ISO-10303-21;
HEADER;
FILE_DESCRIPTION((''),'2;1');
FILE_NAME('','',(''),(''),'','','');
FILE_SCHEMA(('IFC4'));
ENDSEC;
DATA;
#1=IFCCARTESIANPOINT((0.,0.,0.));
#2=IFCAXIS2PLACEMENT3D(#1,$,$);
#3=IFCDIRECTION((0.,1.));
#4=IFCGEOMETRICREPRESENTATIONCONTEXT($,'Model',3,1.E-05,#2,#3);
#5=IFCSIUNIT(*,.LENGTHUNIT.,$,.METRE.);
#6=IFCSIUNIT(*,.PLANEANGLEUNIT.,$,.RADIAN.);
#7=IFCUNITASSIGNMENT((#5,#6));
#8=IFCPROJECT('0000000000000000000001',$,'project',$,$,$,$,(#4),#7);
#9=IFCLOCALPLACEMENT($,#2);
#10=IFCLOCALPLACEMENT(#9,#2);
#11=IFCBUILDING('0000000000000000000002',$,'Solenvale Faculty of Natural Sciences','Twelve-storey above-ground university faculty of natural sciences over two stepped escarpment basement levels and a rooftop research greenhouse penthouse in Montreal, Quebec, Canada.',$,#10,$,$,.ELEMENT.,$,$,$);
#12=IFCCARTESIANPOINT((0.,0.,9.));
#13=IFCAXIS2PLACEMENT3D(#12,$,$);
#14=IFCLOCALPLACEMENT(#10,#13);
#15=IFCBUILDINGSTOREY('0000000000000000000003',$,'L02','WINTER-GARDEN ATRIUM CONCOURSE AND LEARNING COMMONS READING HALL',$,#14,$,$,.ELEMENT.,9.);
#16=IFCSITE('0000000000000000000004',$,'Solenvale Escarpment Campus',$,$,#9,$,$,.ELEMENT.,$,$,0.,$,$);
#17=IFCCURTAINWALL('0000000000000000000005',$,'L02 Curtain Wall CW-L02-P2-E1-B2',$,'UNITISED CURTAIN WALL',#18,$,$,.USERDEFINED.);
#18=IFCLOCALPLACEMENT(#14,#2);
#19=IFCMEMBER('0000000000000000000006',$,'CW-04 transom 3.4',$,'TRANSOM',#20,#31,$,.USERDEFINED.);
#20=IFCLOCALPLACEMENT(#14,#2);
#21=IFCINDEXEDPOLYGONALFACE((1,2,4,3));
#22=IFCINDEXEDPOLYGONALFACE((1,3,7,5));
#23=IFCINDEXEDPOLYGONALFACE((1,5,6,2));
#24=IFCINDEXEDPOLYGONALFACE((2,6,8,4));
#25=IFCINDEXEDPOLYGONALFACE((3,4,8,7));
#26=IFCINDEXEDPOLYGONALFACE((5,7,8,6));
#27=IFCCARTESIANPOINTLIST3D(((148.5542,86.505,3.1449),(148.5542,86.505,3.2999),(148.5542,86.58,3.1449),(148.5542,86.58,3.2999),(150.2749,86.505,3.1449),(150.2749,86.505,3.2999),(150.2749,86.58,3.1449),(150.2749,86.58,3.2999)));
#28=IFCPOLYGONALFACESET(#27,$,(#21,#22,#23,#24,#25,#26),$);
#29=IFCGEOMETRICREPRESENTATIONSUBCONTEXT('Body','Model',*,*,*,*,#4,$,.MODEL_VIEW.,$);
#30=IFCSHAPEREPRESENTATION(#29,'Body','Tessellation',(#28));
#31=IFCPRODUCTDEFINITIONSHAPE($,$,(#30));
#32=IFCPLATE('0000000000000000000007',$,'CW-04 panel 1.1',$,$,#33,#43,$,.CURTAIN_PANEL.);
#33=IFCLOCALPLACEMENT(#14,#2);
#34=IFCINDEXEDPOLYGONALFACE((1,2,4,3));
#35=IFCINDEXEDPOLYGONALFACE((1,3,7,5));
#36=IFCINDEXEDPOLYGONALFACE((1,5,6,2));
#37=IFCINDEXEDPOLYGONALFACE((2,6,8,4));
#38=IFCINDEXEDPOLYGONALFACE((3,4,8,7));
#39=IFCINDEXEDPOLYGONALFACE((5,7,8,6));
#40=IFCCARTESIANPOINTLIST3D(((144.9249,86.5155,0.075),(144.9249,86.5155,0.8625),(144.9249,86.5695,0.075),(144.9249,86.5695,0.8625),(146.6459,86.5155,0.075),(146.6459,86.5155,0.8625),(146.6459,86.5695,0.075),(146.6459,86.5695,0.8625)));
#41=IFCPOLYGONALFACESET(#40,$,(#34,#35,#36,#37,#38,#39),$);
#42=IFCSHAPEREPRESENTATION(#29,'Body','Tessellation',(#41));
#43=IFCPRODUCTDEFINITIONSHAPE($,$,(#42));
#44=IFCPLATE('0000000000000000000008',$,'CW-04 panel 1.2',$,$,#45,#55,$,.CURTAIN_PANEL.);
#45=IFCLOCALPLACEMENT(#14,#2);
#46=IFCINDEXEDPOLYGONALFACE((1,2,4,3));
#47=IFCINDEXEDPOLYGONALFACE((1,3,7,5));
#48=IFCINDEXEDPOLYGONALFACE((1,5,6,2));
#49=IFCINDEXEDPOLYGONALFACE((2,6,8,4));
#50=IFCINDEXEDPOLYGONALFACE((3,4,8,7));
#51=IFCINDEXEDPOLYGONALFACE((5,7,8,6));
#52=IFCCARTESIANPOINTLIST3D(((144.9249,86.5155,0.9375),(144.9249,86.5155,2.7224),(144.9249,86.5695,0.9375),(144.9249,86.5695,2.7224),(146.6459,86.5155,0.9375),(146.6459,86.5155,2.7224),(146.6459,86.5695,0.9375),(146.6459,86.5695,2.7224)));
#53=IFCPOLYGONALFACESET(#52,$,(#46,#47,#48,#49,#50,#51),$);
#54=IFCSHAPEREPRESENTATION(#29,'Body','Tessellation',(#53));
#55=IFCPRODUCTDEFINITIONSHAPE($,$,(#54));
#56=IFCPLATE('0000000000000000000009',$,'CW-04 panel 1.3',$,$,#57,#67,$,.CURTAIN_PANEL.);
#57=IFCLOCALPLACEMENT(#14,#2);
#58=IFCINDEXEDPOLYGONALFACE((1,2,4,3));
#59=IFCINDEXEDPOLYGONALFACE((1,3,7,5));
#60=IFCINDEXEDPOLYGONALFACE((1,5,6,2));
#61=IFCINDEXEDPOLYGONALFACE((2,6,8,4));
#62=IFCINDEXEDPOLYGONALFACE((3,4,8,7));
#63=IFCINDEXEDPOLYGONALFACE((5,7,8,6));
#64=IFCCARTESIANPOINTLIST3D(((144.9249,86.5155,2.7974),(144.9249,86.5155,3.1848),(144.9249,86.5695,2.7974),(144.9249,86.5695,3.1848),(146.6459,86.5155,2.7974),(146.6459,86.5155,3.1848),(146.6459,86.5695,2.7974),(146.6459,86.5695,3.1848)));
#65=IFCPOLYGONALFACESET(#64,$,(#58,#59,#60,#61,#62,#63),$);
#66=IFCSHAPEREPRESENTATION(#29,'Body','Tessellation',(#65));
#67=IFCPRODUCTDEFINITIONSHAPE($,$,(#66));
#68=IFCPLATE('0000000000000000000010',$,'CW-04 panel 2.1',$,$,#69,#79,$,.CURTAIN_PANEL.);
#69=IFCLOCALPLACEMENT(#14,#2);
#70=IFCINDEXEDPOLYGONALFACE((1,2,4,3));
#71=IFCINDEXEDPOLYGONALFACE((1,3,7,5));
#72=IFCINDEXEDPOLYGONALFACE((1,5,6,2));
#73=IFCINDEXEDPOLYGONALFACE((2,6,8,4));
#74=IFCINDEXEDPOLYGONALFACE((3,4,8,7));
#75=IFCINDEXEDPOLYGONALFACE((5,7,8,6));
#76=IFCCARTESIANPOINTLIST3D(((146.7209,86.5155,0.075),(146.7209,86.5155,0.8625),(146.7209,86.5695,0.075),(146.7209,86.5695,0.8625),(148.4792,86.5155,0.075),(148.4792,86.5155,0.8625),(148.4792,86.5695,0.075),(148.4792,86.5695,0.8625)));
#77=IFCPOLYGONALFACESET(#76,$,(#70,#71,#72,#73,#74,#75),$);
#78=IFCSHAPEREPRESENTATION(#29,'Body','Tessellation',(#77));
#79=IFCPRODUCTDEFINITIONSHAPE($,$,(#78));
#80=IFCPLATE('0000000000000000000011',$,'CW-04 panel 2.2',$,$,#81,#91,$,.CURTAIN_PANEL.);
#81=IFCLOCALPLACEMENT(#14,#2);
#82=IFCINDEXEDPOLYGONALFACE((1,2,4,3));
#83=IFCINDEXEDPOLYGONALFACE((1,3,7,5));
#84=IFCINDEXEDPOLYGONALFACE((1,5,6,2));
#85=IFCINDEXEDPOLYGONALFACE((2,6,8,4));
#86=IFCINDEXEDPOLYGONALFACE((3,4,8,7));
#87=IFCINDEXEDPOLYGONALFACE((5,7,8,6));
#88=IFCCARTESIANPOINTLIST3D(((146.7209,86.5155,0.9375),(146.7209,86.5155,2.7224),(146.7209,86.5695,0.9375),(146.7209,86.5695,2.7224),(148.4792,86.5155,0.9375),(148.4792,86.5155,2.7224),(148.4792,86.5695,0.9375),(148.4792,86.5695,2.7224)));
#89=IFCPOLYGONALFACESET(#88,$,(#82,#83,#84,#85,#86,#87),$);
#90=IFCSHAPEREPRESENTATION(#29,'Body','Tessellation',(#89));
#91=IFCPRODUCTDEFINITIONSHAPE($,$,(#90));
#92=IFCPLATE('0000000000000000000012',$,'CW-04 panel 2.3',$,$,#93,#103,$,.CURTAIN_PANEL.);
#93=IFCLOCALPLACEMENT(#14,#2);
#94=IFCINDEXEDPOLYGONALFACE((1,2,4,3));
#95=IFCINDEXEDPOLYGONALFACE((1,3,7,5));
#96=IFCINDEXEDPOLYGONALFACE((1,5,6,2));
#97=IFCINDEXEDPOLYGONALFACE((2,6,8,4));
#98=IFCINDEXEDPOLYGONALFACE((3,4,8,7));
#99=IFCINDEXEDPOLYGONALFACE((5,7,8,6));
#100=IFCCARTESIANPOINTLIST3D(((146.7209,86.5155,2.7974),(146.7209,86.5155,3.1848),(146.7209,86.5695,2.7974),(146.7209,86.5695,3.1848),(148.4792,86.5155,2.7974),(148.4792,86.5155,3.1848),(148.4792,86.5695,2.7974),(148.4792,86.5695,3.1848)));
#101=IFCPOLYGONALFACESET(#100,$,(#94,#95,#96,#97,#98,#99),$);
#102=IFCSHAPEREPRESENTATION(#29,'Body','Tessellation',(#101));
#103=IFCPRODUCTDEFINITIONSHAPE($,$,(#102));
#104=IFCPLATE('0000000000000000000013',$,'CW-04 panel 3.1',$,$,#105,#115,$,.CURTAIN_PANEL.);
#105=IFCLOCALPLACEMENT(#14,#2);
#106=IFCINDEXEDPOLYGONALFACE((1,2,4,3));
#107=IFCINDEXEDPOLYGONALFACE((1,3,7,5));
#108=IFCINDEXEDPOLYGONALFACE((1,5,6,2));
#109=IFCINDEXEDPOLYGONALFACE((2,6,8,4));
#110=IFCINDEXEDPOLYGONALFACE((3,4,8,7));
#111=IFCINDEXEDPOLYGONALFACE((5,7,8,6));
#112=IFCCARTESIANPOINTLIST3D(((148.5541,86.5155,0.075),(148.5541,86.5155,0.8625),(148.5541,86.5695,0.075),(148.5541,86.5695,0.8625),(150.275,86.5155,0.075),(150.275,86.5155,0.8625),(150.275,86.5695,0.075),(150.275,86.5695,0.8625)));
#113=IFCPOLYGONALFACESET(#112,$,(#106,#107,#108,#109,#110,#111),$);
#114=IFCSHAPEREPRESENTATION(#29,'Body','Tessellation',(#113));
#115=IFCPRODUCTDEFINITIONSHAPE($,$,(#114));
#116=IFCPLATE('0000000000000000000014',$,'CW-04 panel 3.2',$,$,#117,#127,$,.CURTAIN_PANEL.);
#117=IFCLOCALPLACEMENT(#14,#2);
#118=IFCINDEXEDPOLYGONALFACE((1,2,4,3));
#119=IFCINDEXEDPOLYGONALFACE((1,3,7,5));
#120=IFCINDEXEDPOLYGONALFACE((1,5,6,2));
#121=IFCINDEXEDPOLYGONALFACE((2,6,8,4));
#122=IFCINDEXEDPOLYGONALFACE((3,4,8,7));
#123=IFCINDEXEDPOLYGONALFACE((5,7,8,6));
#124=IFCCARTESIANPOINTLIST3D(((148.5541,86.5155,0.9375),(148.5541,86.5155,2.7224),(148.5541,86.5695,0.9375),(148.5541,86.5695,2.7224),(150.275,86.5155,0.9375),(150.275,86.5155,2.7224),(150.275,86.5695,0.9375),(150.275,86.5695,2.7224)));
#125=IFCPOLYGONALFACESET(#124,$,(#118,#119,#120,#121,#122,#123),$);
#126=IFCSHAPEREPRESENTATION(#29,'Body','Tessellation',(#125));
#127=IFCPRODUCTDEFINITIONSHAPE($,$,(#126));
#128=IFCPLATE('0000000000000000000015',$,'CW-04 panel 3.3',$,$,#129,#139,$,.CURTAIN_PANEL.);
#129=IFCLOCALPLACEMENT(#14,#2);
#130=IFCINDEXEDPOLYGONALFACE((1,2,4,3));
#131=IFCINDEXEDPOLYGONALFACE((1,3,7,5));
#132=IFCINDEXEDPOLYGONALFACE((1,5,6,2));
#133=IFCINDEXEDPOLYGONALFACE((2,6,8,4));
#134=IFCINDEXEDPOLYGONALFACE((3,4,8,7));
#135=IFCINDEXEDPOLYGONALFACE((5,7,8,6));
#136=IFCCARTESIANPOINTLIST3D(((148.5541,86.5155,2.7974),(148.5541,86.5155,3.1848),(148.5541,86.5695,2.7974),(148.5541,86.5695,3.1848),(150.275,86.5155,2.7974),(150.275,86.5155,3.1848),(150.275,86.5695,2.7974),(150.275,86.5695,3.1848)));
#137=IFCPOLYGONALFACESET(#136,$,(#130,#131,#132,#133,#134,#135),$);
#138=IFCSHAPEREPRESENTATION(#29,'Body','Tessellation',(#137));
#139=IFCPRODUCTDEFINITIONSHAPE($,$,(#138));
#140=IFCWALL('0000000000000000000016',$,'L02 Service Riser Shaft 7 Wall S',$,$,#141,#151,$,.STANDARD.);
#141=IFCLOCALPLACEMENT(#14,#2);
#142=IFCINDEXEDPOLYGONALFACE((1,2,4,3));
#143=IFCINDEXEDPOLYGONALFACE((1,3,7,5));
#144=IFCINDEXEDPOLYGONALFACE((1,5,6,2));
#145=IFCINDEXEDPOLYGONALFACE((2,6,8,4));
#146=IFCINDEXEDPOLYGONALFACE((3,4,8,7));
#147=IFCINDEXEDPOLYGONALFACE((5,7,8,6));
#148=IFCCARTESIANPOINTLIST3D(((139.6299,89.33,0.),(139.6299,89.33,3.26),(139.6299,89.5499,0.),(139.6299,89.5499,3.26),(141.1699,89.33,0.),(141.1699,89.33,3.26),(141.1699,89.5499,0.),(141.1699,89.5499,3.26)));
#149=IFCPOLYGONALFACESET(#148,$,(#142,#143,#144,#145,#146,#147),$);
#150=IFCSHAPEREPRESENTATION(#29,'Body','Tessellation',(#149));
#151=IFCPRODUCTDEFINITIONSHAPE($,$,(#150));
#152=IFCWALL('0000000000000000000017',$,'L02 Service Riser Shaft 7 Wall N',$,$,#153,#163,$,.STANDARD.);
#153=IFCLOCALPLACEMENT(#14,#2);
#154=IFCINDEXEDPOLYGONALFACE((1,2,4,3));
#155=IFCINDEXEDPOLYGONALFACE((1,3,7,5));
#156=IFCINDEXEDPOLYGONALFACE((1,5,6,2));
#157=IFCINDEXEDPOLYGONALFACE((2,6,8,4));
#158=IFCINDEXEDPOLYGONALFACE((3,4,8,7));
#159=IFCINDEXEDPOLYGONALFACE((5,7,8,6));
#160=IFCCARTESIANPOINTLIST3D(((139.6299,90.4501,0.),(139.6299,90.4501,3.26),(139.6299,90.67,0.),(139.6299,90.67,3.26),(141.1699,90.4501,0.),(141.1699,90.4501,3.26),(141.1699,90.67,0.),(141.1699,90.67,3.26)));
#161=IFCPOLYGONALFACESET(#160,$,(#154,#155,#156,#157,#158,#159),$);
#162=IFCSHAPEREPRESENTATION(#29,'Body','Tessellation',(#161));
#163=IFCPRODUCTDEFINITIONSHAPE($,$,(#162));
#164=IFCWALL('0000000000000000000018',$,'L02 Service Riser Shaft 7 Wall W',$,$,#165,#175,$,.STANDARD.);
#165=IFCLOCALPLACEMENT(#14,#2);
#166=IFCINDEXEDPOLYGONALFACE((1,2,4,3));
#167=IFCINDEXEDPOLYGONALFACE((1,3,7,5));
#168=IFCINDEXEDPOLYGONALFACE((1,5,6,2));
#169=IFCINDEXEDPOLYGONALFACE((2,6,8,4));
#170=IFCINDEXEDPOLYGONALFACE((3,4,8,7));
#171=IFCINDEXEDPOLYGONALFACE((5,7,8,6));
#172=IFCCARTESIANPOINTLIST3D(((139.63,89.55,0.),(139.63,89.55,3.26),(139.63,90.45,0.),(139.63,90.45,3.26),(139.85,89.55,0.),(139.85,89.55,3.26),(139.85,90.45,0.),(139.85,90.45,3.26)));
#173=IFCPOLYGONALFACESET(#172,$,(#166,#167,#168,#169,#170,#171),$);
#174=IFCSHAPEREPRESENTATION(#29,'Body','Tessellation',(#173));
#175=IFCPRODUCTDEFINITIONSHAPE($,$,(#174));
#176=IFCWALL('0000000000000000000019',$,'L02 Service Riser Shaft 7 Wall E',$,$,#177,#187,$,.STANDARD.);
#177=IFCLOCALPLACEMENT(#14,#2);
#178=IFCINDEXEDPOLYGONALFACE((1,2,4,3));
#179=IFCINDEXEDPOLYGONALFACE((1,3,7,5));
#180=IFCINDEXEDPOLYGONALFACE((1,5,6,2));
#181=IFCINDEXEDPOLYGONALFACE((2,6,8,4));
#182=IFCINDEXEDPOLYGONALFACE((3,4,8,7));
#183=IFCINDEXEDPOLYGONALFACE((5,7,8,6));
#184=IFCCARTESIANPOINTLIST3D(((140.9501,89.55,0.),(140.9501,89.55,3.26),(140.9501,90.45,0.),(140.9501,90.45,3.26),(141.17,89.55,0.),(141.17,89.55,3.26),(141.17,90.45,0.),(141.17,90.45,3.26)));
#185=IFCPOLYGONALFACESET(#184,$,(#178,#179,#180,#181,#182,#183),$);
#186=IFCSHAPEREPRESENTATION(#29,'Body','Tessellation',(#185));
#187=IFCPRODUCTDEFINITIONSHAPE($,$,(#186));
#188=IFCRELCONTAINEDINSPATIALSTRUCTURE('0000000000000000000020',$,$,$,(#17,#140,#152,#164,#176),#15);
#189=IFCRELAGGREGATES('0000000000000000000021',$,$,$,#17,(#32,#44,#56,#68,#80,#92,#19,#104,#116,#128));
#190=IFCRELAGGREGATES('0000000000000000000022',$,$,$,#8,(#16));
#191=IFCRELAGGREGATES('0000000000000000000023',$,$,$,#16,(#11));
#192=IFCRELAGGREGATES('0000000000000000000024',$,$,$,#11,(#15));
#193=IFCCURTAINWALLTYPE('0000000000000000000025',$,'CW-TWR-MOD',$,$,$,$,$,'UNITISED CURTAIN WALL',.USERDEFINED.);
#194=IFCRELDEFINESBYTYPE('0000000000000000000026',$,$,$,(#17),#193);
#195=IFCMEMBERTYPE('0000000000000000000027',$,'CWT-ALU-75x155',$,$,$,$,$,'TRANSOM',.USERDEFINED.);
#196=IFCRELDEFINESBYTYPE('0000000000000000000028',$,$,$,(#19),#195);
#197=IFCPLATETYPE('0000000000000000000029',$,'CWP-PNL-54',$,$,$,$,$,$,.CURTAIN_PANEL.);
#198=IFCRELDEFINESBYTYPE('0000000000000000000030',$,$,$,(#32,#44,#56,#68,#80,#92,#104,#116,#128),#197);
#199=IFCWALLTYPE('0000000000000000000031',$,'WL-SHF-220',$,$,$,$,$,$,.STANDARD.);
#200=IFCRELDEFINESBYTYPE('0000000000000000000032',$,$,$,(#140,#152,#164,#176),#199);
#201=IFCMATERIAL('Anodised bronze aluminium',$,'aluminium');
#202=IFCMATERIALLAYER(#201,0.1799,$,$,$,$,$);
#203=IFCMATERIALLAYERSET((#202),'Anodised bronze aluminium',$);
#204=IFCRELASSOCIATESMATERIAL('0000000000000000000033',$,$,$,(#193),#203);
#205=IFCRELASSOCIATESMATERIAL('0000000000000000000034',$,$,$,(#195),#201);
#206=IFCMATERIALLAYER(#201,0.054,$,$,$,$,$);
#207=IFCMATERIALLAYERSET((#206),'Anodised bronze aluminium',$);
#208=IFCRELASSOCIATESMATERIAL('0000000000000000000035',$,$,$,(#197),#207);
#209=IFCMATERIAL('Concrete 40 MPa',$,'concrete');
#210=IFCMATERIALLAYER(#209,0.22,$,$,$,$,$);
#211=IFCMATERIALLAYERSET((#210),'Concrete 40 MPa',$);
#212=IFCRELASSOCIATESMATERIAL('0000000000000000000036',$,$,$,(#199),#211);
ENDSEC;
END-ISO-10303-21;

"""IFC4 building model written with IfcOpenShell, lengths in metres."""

from ifc_helpers import new_model, si_unit, direction, frame, frame_2d, origin, origin_2d, place, context, subcontext, project, spatial, rectangle, extrude, material, layer, layer_set, material_profile, profile_set, type_object, element, aggregate, save


model = new_model("IFC4")

# Units and contexts
model_context = context("Model", 3, precision=1e-05, world=origin(), true_north=direction((0.0, 1.0)))
body_context = subcontext(model_context, "Body", "Model", "MODEL_VIEW")
ifc_project = project(units=[si_unit("LENGTHUNIT", "METRE"), si_unit("PLANEANGLEUNIT", "RADIAN")], contexts=[model_context])

# Site, building, storey
site_placement = place(None, origin())
site = spatial("IfcSite", under=ifc_project, at=site_placement, Name="Solenvale Escarpment Campus", CompositionType="ELEMENT", RefElevation=0.0)
building_placement = place(site_placement, origin())
building = spatial("IfcBuilding", under=site, at=building_placement, Name="Solenvale Faculty of Natural Sciences", Description="Twelve-storey above-ground university faculty of natural sciences over two stepped escarpment basement levels and a rooftop research greenhouse penthouse in Montreal, Quebec, Canada.", CompositionType="ELEMENT")
storey_placement = place(building_placement, frame((0.0, 0.0, 9.0)))
storey = spatial("IfcBuildingStorey", under=building, at=storey_placement, Name="L02", Description="WINTER-GARDEN ATRIUM CONCOURSE AND LEARNING COMMONS READING HALL", CompositionType="ELEMENT", Elevation=9.0)

# Shared definitions
ifc_material_1 = material(Name="Concrete 40 MPa", Category="concrete")

# Curtain wall, member, plates
ifc_material_2 = material(Name="Anodised bronze aluminium", Category="aluminium")
ifc_layer_1 = layer(ifc_material_2, 0.1799)
ifc_layer_set_1 = layer_set([ifc_layer_1], Name="Anodised bronze aluminium")
curtain_wall_type = type_object("IfcCurtainWallType", Name="CW-TWR-MOD", ElementType="UNITISED CURTAIN WALL", PredefinedType="USERDEFINED", material=ifc_layer_set_1)
curtain_wall_placement = place(storey_placement, origin())
curtain_wall = element("IfcCurtainWall", 1, at=curtain_wall_placement, inside=storey, type_object=curtain_wall_type, Name="L02 Curtain Wall CW-L02-P2-E1-B2", ObjectType="UNITISED CURTAIN WALL", PredefinedType="USERDEFINED")
ifc_material_profile_1 = material_profile(ifc_material_2, rectangle(XDim=0.075, YDim=0.155, at=origin_2d()), Name="ALU-TRN-75x155")
ifc_profile_set_1 = profile_set([ifc_material_profile_1], Name="Anodised bronze aluminium")
member_type_1 = type_object("IfcMemberType", Name="CWT-ALU-75x155", ElementType="TRANSOM", PredefinedType="USERDEFINED", material=ifc_profile_set_1)
member_1_placement = place(storey_placement, frame((148.5542, 86.5425, 3.2224), z_axis=(1.0, 0.0, 0.0), x_axis=(0.0, 1.0, 0.0)))
member_1 = element("IfcMember", 2, at=member_1_placement, type_object=member_type_1, Name="CW-04 transom 3.4", ObjectType="TRANSOM", PredefinedType="USERDEFINED", context=body_context, shape_type="SweptSolid", body=[
    extrude(rectangle(XDim=0.075, YDim=0.155, at=origin_2d()), origin(), (0.0, 0.0, 1.0), 1.7207),
])
ifc_layer_2 = layer(ifc_material_2, 0.054)
ifc_layer_set_2 = layer_set([ifc_layer_2], Name="Anodised bronze aluminium")
plate_type = type_object("IfcPlateType", Name="CWP-PNL-54", PredefinedType="CURTAIN_PANEL", material=ifc_layer_set_2)
plate_1_placement = place(storey_placement, frame((145.7854, 86.5425, 0.075), z_axis=(0.0, 0.0, 1.0), x_axis=(1.0, 0.0, 0.0)))
plate_1 = element("IfcPlate", 3, at=plate_1_placement, type_object=plate_type, Name="CW-04 panel 1.1", PredefinedType="CURTAIN_PANEL", context=body_context, shape_type="SweptSolid", body=[
    extrude(rectangle(XDim=1.7209, YDim=0.054, at=origin_2d()), origin(), (0.0, 0.0, 1.0), 0.7876),
])
plate_2_placement = place(storey_placement, frame((145.7854, 86.5425, 0.9375), z_axis=(0.0, 0.0, 1.0), x_axis=(1.0, 0.0, 0.0)))
plate_2 = element("IfcPlate", 4, at=plate_2_placement, type_object=plate_type, Name="CW-04 panel 1.2", PredefinedType="CURTAIN_PANEL", context=body_context, shape_type="SweptSolid", body=[
    extrude(rectangle(XDim=1.7209, YDim=0.054, at=origin_2d()), origin(), (0.0, 0.0, 1.0), 1.7849),
])
plate_3_placement = place(storey_placement, frame((145.7854, 86.5425, 2.7974), z_axis=(0.0, 0.0, 1.0), x_axis=(1.0, 0.0, 0.0)))
plate_3 = element("IfcPlate", 5, at=plate_3_placement, type_object=plate_type, Name="CW-04 panel 1.3", PredefinedType="CURTAIN_PANEL", context=body_context, shape_type="SweptSolid", body=[
    extrude(rectangle(XDim=1.7209, YDim=0.054, at=origin_2d()), origin(), (0.0, 0.0, 1.0), 0.3875),
])
plate_4_placement = place(storey_placement, frame((147.6001, 86.5425, 0.075), z_axis=(0.0, 0.0, 1.0), x_axis=(1.0, 0.0, 0.0)))
plate_4 = element("IfcPlate", 6, at=plate_4_placement, type_object=plate_type, Name="CW-04 panel 2.1", PredefinedType="CURTAIN_PANEL", context=body_context, shape_type="SweptSolid", body=[
    extrude(rectangle(XDim=1.7583, YDim=0.054, at=origin_2d()), origin(), (0.0, 0.0, 1.0), 0.7876),
])
plate_5_placement = place(storey_placement, frame((147.6001, 86.5425, 0.9375), z_axis=(0.0, 0.0, 1.0), x_axis=(1.0, 0.0, 0.0)))
plate_5 = element("IfcPlate", 7, at=plate_5_placement, type_object=plate_type, Name="CW-04 panel 2.2", PredefinedType="CURTAIN_PANEL", context=body_context, shape_type="SweptSolid", body=[
    extrude(rectangle(XDim=1.7583, YDim=0.054, at=origin_2d()), origin(), (0.0, 0.0, 1.0), 1.7849),
])
plate_6_placement = place(storey_placement, frame((147.6001, 86.5425, 2.7974), z_axis=(0.0, 0.0, 1.0), x_axis=(1.0, 0.0, 0.0)))
plate_6 = element("IfcPlate", 8, at=plate_6_placement, type_object=plate_type, Name="CW-04 panel 2.3", PredefinedType="CURTAIN_PANEL", context=body_context, shape_type="SweptSolid", body=[
    extrude(rectangle(XDim=1.7583, YDim=0.054, at=origin_2d()), origin(), (0.0, 0.0, 1.0), 0.3875),
])
plate_7_placement = place(storey_placement, frame((149.4146, 86.5425, 0.075), z_axis=(0.0, 0.0, 1.0), x_axis=(1.0, 0.0, 0.0)))
plate_7 = element("IfcPlate", 9, at=plate_7_placement, type_object=plate_type, Name="CW-04 panel 3.1", PredefinedType="CURTAIN_PANEL", context=body_context, shape_type="SweptSolid", body=[
    extrude(rectangle(XDim=1.7209, YDim=0.054, at=origin_2d()), origin(), (0.0, 0.0, 1.0), 0.7876),
])
plate_8_placement = place(storey_placement, frame((149.4146, 86.5425, 0.9375), z_axis=(0.0, 0.0, 1.0), x_axis=(1.0, 0.0, 0.0)))
plate_8 = element("IfcPlate", 10, at=plate_8_placement, type_object=plate_type, Name="CW-04 panel 3.2", PredefinedType="CURTAIN_PANEL", context=body_context, shape_type="SweptSolid", body=[
    extrude(rectangle(XDim=1.7209, YDim=0.054, at=origin_2d()), origin(), (0.0, 0.0, 1.0), 1.7849),
])
plate_9_placement = place(storey_placement, frame((149.4146, 86.5425, 2.7974), z_axis=(0.0, 0.0, 1.0), x_axis=(1.0, 0.0, 0.0)))
plate_9 = element("IfcPlate", 11, at=plate_9_placement, type_object=plate_type, Name="CW-04 panel 3.3", PredefinedType="CURTAIN_PANEL", context=body_context, shape_type="SweptSolid", body=[
    extrude(rectangle(XDim=1.7209, YDim=0.054, at=origin_2d()), origin(), (0.0, 0.0, 1.0), 0.3875),
])
aggregate(curtain_wall, [plate_1, plate_2, plate_3, plate_4, plate_5, plate_6, member_1, plate_7, plate_8, plate_9])

# Walls
ifc_layer_3 = layer(ifc_material_1, 0.22)
ifc_layer_set_3 = layer_set([ifc_layer_3], Name="Concrete 40 MPa")
wall_type = type_object("IfcWallType", Name="WL-SHF-220", PredefinedType="STANDARD", material=ifc_layer_set_3)
for number, where, z_axis, x_axis, name in (
    (12, (139.6299, 89.4399, 0.0), (0.0, 0.0, 1.0), (1.0, 0.0, 0.0), "L02 Service Riser Shaft 7 Wall S"),
    (13, (139.6299, 90.5601, 0.0), (0.0, 0.0, 1.0), (1.0, 0.0, 0.0), "L02 Service Riser Shaft 7 Wall N"),
):
    element("IfcWall", number, at=place(storey_placement, frame(where, z_axis=z_axis, x_axis=x_axis)), inside=storey, type_object=wall_type, Name=name, PredefinedType="STANDARD", context=body_context, shape_type="SweptSolid", body=[
        extrude(rectangle(XDim=1.54, YDim=0.22, at=frame_2d((0.77, 0.0))), origin(), (0.0, 0.0, 1.0), 3.26),
    ])
for number, where, z_axis, x_axis, name in (
    (14, (139.74, 89.55, 0.0), (0.0, 0.0, 1.0), (0.0, 1.0, 0.0), "L02 Service Riser Shaft 7 Wall W"),
    (15, (141.0601, 89.55, 0.0), (0.0, 0.0, 1.0), (0.0, 1.0, 0.0), "L02 Service Riser Shaft 7 Wall E"),
):
    element("IfcWall", number, at=place(storey_placement, frame(where, z_axis=z_axis, x_axis=x_axis)), inside=storey, type_object=wall_type, Name=name, PredefinedType="STANDARD", context=body_context, shape_type="SweptSolid", body=[
        extrude(rectangle(XDim=0.8999, YDim=0.22, at=frame_2d((0.45, 0.0))), origin(), (0.0, 0.0, 1.0), 3.26),
    ])

save(model, "model.ifc")
